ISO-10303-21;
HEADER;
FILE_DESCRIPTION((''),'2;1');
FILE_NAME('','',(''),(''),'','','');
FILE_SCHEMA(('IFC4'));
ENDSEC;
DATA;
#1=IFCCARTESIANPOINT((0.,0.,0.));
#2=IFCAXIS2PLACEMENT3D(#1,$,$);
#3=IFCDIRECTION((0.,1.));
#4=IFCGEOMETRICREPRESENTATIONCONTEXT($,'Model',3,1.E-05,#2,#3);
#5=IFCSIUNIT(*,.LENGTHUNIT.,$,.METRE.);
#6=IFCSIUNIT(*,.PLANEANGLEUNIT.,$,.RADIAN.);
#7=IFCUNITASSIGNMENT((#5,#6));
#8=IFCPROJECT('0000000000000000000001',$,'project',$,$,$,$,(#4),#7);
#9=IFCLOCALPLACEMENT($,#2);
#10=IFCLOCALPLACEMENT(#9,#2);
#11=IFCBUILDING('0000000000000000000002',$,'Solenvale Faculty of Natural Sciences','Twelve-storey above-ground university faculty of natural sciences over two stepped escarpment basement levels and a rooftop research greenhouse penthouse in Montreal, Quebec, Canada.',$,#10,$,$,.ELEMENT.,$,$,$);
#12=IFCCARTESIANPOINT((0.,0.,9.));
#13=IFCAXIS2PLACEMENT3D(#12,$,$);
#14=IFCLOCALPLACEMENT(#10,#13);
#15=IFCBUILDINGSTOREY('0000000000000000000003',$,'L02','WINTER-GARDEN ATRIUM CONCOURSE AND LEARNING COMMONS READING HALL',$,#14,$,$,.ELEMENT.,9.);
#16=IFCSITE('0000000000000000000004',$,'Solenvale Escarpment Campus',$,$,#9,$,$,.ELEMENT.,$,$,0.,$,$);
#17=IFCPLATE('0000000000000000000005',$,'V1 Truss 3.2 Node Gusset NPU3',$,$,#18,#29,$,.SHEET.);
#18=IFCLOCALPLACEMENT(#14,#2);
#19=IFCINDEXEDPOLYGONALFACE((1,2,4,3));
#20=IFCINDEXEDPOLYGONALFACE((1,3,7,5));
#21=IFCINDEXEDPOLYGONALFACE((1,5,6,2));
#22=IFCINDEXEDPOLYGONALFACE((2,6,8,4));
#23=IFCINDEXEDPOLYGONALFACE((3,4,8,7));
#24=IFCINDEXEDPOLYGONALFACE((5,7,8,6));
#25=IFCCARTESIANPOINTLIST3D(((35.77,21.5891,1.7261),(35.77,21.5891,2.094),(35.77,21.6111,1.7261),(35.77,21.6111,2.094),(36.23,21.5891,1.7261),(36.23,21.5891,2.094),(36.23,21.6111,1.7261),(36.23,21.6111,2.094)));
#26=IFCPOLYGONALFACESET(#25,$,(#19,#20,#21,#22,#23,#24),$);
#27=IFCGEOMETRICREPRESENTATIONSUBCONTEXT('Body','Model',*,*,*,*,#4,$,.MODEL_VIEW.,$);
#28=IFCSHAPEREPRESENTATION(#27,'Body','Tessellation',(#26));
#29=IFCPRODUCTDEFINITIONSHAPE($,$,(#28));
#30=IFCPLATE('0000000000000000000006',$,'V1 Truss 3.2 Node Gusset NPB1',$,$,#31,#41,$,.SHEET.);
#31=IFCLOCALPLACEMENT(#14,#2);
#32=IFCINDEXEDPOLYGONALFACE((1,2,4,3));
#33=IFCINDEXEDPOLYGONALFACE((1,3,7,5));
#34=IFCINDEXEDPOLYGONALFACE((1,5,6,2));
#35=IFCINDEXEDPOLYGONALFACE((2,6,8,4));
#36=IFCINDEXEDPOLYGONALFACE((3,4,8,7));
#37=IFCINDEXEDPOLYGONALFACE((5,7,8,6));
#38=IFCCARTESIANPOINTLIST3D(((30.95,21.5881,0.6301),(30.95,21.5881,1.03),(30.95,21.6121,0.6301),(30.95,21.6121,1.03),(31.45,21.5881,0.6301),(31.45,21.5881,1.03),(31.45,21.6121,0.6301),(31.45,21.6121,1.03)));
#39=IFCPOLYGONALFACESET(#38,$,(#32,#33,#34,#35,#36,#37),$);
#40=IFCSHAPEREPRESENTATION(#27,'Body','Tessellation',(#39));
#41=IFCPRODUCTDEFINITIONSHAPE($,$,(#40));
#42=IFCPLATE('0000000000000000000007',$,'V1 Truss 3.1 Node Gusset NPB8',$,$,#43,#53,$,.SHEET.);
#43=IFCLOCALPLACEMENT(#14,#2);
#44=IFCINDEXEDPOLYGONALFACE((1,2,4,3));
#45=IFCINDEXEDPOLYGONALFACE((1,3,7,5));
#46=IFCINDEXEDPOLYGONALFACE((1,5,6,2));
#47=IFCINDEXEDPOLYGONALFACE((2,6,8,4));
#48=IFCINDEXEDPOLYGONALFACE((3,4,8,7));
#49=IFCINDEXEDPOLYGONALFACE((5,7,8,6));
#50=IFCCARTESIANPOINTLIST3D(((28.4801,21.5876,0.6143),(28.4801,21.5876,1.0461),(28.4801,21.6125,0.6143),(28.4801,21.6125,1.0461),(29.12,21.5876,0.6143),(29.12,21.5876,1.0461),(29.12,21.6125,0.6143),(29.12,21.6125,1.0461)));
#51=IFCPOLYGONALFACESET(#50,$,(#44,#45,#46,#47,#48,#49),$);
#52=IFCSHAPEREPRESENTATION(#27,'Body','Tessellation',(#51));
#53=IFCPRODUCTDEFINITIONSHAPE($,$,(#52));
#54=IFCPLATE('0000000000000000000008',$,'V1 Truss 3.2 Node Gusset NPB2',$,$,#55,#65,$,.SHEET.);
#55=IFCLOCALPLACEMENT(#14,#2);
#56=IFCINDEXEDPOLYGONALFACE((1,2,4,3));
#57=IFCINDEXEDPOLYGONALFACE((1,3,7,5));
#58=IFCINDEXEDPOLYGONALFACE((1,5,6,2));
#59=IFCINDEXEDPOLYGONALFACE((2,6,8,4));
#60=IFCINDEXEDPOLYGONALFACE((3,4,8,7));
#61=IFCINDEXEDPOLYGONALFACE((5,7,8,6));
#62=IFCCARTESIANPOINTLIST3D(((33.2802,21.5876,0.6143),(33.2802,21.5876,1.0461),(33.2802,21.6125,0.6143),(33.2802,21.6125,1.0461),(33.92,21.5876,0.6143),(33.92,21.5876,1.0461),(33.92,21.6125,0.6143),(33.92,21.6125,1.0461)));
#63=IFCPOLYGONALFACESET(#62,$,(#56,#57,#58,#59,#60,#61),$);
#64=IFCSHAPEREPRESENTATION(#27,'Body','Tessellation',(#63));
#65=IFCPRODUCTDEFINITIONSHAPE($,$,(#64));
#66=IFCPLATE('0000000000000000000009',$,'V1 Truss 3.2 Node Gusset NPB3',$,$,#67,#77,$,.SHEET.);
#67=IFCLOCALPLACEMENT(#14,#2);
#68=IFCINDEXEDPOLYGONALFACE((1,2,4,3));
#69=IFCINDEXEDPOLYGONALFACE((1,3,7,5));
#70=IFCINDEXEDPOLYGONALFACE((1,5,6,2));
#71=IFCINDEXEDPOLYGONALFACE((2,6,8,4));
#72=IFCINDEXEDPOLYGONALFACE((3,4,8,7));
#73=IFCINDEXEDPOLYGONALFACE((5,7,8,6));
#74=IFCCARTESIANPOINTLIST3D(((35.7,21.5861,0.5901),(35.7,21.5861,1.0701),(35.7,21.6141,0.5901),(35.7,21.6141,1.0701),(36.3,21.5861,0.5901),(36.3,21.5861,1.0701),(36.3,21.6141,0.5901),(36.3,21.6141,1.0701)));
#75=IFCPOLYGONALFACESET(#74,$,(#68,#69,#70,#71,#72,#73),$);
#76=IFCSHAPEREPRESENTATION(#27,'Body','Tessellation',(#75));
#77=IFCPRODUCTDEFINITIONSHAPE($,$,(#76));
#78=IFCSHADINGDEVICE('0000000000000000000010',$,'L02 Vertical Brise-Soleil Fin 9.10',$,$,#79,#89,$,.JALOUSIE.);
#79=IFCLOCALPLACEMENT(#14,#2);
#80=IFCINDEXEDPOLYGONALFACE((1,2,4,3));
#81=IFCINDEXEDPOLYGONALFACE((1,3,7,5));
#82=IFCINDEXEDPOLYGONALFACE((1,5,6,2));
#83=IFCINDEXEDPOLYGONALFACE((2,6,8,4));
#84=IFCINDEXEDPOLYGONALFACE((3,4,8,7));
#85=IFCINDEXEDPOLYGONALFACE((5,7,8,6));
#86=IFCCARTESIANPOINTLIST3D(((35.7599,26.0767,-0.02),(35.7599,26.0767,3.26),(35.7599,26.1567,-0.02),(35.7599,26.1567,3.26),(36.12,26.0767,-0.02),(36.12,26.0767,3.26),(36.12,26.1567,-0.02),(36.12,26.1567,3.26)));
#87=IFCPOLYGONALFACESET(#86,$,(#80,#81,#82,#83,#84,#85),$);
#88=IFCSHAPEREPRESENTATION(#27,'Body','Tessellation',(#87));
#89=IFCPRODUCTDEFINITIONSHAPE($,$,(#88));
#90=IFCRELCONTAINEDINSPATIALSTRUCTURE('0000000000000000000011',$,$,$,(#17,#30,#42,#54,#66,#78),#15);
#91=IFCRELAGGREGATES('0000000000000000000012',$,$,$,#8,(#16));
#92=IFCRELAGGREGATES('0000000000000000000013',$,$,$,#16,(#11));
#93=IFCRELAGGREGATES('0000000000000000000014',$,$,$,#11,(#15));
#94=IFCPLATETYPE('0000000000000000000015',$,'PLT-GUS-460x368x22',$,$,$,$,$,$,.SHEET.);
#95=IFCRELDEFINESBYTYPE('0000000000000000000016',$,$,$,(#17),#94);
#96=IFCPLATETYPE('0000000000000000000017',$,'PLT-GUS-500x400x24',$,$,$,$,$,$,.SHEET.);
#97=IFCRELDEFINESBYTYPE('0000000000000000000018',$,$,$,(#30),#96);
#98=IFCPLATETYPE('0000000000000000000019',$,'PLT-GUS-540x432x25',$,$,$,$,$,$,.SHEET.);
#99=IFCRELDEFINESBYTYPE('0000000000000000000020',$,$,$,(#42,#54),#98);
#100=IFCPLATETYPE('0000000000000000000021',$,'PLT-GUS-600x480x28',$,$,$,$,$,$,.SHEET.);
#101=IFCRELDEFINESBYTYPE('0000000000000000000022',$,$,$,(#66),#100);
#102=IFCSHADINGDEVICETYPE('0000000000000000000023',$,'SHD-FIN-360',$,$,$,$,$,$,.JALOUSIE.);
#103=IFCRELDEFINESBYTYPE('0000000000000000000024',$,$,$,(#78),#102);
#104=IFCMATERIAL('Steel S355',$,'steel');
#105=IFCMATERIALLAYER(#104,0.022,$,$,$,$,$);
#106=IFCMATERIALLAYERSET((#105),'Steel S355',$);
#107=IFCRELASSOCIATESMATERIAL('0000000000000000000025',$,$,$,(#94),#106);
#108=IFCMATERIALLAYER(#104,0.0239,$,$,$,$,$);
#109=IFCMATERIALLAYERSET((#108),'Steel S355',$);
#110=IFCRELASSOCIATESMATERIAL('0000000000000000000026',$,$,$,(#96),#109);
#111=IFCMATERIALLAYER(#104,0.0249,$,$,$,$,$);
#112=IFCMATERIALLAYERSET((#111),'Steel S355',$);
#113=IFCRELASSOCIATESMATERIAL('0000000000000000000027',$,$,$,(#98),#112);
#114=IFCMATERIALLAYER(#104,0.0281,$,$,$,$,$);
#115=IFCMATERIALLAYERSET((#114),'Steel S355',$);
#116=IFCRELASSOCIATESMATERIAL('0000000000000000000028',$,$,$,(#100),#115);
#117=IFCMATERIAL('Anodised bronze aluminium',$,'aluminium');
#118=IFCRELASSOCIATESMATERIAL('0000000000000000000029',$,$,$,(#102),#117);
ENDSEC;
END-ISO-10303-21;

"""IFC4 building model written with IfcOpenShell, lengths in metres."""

from ifc_helpers import new_model, si_unit, direction, frame, origin, origin_2d, place, context, subcontext, project, spatial, rectangle, extrude, material, layer, layer_set, material_profile, profile_set, type_object, element, save


model = new_model("IFC4")

# Units and contexts
model_context = context("Model", 3, precision=1e-05, world=origin(), true_north=direction((0.0, 1.0)))
body_context = subcontext(model_context, "Body", "Model", "MODEL_VIEW")
ifc_project = project(units=[si_unit("LENGTHUNIT", "METRE"), si_unit("PLANEANGLEUNIT", "RADIAN")], contexts=[model_context])

# Site, building, storey
site_placement = place(None, origin())
site = spatial("IfcSite", under=ifc_project, at=site_placement, Name="Solenvale Escarpment Campus", CompositionType="ELEMENT", RefElevation=0.0)
building_placement = place(site_placement, origin())
building = spatial("IfcBuilding", under=site, at=building_placement, Name="Solenvale Faculty of Natural Sciences", Description="Twelve-storey above-ground university faculty of natural sciences over two stepped escarpment basement levels and a rooftop research greenhouse penthouse in Montreal, Quebec, Canada.", CompositionType="ELEMENT")
storey_placement = place(building_placement, frame((0.0, 0.0, 9.0)))
storey = spatial("IfcBuildingStorey", under=building, at=storey_placement, Name="L02", Description="WINTER-GARDEN ATRIUM CONCOURSE AND LEARNING COMMONS READING HALL", CompositionType="ELEMENT", Elevation=9.0)

# Shared definitions
ifc_material_1 = material(Name="Steel S355", Category="steel")

# Shared definitions
ifc_material_2 = material(Name="Anodised bronze aluminium", Category="aluminium")

# Plates
ifc_layer_1 = layer(ifc_material_1, 0.022)
ifc_layer_set_1 = layer_set([ifc_layer_1], Name="Steel S355")
plate_type_1 = type_object("IfcPlateType", Name="PLT-GUS-460x368x22", PredefinedType="SHEET", material=ifc_layer_set_1)
plate_1_placement = place(storey_placement, frame((36.0, 21.6001, 1.7261), z_axis=(0.0, 0.0, 1.0), x_axis=(1.0, 0.0, 0.0)))
element("IfcPlate", 1, at=plate_1_placement, inside=storey, type_object=plate_type_1, Name="V1 Truss 3.2 Node Gusset NPU3", PredefinedType="SHEET", context=body_context, shape_type="SweptSolid", body=[
    extrude(rectangle(XDim=0.46, YDim=0.022, at=origin_2d()), origin(), (0.0, 0.0, 1.0), 0.3679),
])
ifc_layer_2 = layer(ifc_material_1, 0.0239)
ifc_layer_set_2 = layer_set([ifc_layer_2], Name="Steel S355")
plate_type_2 = type_object("IfcPlateType", Name="PLT-GUS-500x400x24", PredefinedType="SHEET", material=ifc_layer_set_2)
plate_2_placement = place(storey_placement, frame((31.2, 21.6001, 0.6301), z_axis=(0.0, 0.0, 1.0), x_axis=(1.0, 0.0, 0.0)))
element("IfcPlate", 2, at=plate_2_placement, inside=storey, type_object=plate_type_2, Name="V1 Truss 3.2 Node Gusset NPB1", PredefinedType="SHEET", context=body_context, shape_type="SweptSolid", body=[
    extrude(rectangle(XDim=0.5, YDim=0.0239, at=origin_2d()), origin(), (0.0, 0.0, 1.0), 0.3999),
])
ifc_layer_3 = layer(ifc_material_1, 0.0249)
ifc_layer_set_3 = layer_set([ifc_layer_3], Name="Steel S355")
plate_type_3 = type_object("IfcPlateType", Name="PLT-GUS-540x432x25", PredefinedType="SHEET", material=ifc_layer_set_3)
for number, where, z_axis, x_axis, name in (
    (3, (28.8, 21.6001, 0.6143), (0.0, 0.0, 1.0), (1.0, 0.0, 0.0), "V1 Truss 3.1 Node Gusset NPB8"),
    (4, (33.6001, 21.6001, 0.6143), (0.0, 0.0, 1.0), (1.0, 0.0, 0.0), "V1 Truss 3.2 Node Gusset NPB2"),
):
    element("IfcPlate", number, at=place(storey_placement, frame(where, z_axis=z_axis, x_axis=x_axis)), inside=storey, type_object=plate_type_3, Name=name, PredefinedType="SHEET", context=body_context, shape_type="SweptSolid", body=[
        extrude(rectangle(XDim=0.6399, YDim=0.0249, at=origin_2d()), origin(), (0.0, 0.0, 1.0), 0.4319),
    ])
ifc_layer_4 = layer(ifc_material_1, 0.0281)
ifc_layer_set_4 = layer_set([ifc_layer_4], Name="Steel S355")
plate_type_4 = type_object("IfcPlateType", Name="PLT-GUS-600x480x28", PredefinedType="SHEET", material=ifc_layer_set_4)
plate_3_placement = place(storey_placement, frame((36.0, 21.6001, 0.5901), z_axis=(0.0, 0.0, 1.0), x_axis=(1.0, 0.0, 0.0)))
element("IfcPlate", 5, at=plate_3_placement, inside=storey, type_object=plate_type_4, Name="V1 Truss 3.2 Node Gusset NPB3", PredefinedType="SHEET", context=body_context, shape_type="SweptSolid", body=[
    extrude(rectangle(XDim=0.6001, YDim=0.0281, at=origin_2d()), origin(), (0.0, 0.0, 1.0), 0.48),
])

# Shading device
ifc_material_profile_1 = material_profile(ifc_material_2, rectangle(XDim=0.0801, YDim=0.3601, at=origin_2d()), Name="ALU-FIN-80x360")
ifc_profile_set_1 = profile_set([ifc_material_profile_1], Name="Anodised bronze aluminium")
shading_device_type = type_object("IfcShadingDeviceType", Name="SHD-FIN-360", PredefinedType="JALOUSIE", material=ifc_profile_set_1)
shading_device_placement = place(storey_placement, frame((35.9399, 26.1167, -0.02), z_axis=(0.0, 0.0, 1.0), x_axis=(0.0, 1.0, 0.0)))
element("IfcShadingDevice", 6, at=shading_device_placement, inside=storey, type_object=shading_device_type, Name="L02 Vertical Brise-Soleil Fin 9.10", PredefinedType="JALOUSIE", context=body_context, shape_type="SweptSolid", body=[
    extrude(rectangle(XDim=0.0801, YDim=0.3601, at=origin_2d()), origin(), (0.0, 0.0, 1.0), 3.28),
])

save(model, "model.ifc")
